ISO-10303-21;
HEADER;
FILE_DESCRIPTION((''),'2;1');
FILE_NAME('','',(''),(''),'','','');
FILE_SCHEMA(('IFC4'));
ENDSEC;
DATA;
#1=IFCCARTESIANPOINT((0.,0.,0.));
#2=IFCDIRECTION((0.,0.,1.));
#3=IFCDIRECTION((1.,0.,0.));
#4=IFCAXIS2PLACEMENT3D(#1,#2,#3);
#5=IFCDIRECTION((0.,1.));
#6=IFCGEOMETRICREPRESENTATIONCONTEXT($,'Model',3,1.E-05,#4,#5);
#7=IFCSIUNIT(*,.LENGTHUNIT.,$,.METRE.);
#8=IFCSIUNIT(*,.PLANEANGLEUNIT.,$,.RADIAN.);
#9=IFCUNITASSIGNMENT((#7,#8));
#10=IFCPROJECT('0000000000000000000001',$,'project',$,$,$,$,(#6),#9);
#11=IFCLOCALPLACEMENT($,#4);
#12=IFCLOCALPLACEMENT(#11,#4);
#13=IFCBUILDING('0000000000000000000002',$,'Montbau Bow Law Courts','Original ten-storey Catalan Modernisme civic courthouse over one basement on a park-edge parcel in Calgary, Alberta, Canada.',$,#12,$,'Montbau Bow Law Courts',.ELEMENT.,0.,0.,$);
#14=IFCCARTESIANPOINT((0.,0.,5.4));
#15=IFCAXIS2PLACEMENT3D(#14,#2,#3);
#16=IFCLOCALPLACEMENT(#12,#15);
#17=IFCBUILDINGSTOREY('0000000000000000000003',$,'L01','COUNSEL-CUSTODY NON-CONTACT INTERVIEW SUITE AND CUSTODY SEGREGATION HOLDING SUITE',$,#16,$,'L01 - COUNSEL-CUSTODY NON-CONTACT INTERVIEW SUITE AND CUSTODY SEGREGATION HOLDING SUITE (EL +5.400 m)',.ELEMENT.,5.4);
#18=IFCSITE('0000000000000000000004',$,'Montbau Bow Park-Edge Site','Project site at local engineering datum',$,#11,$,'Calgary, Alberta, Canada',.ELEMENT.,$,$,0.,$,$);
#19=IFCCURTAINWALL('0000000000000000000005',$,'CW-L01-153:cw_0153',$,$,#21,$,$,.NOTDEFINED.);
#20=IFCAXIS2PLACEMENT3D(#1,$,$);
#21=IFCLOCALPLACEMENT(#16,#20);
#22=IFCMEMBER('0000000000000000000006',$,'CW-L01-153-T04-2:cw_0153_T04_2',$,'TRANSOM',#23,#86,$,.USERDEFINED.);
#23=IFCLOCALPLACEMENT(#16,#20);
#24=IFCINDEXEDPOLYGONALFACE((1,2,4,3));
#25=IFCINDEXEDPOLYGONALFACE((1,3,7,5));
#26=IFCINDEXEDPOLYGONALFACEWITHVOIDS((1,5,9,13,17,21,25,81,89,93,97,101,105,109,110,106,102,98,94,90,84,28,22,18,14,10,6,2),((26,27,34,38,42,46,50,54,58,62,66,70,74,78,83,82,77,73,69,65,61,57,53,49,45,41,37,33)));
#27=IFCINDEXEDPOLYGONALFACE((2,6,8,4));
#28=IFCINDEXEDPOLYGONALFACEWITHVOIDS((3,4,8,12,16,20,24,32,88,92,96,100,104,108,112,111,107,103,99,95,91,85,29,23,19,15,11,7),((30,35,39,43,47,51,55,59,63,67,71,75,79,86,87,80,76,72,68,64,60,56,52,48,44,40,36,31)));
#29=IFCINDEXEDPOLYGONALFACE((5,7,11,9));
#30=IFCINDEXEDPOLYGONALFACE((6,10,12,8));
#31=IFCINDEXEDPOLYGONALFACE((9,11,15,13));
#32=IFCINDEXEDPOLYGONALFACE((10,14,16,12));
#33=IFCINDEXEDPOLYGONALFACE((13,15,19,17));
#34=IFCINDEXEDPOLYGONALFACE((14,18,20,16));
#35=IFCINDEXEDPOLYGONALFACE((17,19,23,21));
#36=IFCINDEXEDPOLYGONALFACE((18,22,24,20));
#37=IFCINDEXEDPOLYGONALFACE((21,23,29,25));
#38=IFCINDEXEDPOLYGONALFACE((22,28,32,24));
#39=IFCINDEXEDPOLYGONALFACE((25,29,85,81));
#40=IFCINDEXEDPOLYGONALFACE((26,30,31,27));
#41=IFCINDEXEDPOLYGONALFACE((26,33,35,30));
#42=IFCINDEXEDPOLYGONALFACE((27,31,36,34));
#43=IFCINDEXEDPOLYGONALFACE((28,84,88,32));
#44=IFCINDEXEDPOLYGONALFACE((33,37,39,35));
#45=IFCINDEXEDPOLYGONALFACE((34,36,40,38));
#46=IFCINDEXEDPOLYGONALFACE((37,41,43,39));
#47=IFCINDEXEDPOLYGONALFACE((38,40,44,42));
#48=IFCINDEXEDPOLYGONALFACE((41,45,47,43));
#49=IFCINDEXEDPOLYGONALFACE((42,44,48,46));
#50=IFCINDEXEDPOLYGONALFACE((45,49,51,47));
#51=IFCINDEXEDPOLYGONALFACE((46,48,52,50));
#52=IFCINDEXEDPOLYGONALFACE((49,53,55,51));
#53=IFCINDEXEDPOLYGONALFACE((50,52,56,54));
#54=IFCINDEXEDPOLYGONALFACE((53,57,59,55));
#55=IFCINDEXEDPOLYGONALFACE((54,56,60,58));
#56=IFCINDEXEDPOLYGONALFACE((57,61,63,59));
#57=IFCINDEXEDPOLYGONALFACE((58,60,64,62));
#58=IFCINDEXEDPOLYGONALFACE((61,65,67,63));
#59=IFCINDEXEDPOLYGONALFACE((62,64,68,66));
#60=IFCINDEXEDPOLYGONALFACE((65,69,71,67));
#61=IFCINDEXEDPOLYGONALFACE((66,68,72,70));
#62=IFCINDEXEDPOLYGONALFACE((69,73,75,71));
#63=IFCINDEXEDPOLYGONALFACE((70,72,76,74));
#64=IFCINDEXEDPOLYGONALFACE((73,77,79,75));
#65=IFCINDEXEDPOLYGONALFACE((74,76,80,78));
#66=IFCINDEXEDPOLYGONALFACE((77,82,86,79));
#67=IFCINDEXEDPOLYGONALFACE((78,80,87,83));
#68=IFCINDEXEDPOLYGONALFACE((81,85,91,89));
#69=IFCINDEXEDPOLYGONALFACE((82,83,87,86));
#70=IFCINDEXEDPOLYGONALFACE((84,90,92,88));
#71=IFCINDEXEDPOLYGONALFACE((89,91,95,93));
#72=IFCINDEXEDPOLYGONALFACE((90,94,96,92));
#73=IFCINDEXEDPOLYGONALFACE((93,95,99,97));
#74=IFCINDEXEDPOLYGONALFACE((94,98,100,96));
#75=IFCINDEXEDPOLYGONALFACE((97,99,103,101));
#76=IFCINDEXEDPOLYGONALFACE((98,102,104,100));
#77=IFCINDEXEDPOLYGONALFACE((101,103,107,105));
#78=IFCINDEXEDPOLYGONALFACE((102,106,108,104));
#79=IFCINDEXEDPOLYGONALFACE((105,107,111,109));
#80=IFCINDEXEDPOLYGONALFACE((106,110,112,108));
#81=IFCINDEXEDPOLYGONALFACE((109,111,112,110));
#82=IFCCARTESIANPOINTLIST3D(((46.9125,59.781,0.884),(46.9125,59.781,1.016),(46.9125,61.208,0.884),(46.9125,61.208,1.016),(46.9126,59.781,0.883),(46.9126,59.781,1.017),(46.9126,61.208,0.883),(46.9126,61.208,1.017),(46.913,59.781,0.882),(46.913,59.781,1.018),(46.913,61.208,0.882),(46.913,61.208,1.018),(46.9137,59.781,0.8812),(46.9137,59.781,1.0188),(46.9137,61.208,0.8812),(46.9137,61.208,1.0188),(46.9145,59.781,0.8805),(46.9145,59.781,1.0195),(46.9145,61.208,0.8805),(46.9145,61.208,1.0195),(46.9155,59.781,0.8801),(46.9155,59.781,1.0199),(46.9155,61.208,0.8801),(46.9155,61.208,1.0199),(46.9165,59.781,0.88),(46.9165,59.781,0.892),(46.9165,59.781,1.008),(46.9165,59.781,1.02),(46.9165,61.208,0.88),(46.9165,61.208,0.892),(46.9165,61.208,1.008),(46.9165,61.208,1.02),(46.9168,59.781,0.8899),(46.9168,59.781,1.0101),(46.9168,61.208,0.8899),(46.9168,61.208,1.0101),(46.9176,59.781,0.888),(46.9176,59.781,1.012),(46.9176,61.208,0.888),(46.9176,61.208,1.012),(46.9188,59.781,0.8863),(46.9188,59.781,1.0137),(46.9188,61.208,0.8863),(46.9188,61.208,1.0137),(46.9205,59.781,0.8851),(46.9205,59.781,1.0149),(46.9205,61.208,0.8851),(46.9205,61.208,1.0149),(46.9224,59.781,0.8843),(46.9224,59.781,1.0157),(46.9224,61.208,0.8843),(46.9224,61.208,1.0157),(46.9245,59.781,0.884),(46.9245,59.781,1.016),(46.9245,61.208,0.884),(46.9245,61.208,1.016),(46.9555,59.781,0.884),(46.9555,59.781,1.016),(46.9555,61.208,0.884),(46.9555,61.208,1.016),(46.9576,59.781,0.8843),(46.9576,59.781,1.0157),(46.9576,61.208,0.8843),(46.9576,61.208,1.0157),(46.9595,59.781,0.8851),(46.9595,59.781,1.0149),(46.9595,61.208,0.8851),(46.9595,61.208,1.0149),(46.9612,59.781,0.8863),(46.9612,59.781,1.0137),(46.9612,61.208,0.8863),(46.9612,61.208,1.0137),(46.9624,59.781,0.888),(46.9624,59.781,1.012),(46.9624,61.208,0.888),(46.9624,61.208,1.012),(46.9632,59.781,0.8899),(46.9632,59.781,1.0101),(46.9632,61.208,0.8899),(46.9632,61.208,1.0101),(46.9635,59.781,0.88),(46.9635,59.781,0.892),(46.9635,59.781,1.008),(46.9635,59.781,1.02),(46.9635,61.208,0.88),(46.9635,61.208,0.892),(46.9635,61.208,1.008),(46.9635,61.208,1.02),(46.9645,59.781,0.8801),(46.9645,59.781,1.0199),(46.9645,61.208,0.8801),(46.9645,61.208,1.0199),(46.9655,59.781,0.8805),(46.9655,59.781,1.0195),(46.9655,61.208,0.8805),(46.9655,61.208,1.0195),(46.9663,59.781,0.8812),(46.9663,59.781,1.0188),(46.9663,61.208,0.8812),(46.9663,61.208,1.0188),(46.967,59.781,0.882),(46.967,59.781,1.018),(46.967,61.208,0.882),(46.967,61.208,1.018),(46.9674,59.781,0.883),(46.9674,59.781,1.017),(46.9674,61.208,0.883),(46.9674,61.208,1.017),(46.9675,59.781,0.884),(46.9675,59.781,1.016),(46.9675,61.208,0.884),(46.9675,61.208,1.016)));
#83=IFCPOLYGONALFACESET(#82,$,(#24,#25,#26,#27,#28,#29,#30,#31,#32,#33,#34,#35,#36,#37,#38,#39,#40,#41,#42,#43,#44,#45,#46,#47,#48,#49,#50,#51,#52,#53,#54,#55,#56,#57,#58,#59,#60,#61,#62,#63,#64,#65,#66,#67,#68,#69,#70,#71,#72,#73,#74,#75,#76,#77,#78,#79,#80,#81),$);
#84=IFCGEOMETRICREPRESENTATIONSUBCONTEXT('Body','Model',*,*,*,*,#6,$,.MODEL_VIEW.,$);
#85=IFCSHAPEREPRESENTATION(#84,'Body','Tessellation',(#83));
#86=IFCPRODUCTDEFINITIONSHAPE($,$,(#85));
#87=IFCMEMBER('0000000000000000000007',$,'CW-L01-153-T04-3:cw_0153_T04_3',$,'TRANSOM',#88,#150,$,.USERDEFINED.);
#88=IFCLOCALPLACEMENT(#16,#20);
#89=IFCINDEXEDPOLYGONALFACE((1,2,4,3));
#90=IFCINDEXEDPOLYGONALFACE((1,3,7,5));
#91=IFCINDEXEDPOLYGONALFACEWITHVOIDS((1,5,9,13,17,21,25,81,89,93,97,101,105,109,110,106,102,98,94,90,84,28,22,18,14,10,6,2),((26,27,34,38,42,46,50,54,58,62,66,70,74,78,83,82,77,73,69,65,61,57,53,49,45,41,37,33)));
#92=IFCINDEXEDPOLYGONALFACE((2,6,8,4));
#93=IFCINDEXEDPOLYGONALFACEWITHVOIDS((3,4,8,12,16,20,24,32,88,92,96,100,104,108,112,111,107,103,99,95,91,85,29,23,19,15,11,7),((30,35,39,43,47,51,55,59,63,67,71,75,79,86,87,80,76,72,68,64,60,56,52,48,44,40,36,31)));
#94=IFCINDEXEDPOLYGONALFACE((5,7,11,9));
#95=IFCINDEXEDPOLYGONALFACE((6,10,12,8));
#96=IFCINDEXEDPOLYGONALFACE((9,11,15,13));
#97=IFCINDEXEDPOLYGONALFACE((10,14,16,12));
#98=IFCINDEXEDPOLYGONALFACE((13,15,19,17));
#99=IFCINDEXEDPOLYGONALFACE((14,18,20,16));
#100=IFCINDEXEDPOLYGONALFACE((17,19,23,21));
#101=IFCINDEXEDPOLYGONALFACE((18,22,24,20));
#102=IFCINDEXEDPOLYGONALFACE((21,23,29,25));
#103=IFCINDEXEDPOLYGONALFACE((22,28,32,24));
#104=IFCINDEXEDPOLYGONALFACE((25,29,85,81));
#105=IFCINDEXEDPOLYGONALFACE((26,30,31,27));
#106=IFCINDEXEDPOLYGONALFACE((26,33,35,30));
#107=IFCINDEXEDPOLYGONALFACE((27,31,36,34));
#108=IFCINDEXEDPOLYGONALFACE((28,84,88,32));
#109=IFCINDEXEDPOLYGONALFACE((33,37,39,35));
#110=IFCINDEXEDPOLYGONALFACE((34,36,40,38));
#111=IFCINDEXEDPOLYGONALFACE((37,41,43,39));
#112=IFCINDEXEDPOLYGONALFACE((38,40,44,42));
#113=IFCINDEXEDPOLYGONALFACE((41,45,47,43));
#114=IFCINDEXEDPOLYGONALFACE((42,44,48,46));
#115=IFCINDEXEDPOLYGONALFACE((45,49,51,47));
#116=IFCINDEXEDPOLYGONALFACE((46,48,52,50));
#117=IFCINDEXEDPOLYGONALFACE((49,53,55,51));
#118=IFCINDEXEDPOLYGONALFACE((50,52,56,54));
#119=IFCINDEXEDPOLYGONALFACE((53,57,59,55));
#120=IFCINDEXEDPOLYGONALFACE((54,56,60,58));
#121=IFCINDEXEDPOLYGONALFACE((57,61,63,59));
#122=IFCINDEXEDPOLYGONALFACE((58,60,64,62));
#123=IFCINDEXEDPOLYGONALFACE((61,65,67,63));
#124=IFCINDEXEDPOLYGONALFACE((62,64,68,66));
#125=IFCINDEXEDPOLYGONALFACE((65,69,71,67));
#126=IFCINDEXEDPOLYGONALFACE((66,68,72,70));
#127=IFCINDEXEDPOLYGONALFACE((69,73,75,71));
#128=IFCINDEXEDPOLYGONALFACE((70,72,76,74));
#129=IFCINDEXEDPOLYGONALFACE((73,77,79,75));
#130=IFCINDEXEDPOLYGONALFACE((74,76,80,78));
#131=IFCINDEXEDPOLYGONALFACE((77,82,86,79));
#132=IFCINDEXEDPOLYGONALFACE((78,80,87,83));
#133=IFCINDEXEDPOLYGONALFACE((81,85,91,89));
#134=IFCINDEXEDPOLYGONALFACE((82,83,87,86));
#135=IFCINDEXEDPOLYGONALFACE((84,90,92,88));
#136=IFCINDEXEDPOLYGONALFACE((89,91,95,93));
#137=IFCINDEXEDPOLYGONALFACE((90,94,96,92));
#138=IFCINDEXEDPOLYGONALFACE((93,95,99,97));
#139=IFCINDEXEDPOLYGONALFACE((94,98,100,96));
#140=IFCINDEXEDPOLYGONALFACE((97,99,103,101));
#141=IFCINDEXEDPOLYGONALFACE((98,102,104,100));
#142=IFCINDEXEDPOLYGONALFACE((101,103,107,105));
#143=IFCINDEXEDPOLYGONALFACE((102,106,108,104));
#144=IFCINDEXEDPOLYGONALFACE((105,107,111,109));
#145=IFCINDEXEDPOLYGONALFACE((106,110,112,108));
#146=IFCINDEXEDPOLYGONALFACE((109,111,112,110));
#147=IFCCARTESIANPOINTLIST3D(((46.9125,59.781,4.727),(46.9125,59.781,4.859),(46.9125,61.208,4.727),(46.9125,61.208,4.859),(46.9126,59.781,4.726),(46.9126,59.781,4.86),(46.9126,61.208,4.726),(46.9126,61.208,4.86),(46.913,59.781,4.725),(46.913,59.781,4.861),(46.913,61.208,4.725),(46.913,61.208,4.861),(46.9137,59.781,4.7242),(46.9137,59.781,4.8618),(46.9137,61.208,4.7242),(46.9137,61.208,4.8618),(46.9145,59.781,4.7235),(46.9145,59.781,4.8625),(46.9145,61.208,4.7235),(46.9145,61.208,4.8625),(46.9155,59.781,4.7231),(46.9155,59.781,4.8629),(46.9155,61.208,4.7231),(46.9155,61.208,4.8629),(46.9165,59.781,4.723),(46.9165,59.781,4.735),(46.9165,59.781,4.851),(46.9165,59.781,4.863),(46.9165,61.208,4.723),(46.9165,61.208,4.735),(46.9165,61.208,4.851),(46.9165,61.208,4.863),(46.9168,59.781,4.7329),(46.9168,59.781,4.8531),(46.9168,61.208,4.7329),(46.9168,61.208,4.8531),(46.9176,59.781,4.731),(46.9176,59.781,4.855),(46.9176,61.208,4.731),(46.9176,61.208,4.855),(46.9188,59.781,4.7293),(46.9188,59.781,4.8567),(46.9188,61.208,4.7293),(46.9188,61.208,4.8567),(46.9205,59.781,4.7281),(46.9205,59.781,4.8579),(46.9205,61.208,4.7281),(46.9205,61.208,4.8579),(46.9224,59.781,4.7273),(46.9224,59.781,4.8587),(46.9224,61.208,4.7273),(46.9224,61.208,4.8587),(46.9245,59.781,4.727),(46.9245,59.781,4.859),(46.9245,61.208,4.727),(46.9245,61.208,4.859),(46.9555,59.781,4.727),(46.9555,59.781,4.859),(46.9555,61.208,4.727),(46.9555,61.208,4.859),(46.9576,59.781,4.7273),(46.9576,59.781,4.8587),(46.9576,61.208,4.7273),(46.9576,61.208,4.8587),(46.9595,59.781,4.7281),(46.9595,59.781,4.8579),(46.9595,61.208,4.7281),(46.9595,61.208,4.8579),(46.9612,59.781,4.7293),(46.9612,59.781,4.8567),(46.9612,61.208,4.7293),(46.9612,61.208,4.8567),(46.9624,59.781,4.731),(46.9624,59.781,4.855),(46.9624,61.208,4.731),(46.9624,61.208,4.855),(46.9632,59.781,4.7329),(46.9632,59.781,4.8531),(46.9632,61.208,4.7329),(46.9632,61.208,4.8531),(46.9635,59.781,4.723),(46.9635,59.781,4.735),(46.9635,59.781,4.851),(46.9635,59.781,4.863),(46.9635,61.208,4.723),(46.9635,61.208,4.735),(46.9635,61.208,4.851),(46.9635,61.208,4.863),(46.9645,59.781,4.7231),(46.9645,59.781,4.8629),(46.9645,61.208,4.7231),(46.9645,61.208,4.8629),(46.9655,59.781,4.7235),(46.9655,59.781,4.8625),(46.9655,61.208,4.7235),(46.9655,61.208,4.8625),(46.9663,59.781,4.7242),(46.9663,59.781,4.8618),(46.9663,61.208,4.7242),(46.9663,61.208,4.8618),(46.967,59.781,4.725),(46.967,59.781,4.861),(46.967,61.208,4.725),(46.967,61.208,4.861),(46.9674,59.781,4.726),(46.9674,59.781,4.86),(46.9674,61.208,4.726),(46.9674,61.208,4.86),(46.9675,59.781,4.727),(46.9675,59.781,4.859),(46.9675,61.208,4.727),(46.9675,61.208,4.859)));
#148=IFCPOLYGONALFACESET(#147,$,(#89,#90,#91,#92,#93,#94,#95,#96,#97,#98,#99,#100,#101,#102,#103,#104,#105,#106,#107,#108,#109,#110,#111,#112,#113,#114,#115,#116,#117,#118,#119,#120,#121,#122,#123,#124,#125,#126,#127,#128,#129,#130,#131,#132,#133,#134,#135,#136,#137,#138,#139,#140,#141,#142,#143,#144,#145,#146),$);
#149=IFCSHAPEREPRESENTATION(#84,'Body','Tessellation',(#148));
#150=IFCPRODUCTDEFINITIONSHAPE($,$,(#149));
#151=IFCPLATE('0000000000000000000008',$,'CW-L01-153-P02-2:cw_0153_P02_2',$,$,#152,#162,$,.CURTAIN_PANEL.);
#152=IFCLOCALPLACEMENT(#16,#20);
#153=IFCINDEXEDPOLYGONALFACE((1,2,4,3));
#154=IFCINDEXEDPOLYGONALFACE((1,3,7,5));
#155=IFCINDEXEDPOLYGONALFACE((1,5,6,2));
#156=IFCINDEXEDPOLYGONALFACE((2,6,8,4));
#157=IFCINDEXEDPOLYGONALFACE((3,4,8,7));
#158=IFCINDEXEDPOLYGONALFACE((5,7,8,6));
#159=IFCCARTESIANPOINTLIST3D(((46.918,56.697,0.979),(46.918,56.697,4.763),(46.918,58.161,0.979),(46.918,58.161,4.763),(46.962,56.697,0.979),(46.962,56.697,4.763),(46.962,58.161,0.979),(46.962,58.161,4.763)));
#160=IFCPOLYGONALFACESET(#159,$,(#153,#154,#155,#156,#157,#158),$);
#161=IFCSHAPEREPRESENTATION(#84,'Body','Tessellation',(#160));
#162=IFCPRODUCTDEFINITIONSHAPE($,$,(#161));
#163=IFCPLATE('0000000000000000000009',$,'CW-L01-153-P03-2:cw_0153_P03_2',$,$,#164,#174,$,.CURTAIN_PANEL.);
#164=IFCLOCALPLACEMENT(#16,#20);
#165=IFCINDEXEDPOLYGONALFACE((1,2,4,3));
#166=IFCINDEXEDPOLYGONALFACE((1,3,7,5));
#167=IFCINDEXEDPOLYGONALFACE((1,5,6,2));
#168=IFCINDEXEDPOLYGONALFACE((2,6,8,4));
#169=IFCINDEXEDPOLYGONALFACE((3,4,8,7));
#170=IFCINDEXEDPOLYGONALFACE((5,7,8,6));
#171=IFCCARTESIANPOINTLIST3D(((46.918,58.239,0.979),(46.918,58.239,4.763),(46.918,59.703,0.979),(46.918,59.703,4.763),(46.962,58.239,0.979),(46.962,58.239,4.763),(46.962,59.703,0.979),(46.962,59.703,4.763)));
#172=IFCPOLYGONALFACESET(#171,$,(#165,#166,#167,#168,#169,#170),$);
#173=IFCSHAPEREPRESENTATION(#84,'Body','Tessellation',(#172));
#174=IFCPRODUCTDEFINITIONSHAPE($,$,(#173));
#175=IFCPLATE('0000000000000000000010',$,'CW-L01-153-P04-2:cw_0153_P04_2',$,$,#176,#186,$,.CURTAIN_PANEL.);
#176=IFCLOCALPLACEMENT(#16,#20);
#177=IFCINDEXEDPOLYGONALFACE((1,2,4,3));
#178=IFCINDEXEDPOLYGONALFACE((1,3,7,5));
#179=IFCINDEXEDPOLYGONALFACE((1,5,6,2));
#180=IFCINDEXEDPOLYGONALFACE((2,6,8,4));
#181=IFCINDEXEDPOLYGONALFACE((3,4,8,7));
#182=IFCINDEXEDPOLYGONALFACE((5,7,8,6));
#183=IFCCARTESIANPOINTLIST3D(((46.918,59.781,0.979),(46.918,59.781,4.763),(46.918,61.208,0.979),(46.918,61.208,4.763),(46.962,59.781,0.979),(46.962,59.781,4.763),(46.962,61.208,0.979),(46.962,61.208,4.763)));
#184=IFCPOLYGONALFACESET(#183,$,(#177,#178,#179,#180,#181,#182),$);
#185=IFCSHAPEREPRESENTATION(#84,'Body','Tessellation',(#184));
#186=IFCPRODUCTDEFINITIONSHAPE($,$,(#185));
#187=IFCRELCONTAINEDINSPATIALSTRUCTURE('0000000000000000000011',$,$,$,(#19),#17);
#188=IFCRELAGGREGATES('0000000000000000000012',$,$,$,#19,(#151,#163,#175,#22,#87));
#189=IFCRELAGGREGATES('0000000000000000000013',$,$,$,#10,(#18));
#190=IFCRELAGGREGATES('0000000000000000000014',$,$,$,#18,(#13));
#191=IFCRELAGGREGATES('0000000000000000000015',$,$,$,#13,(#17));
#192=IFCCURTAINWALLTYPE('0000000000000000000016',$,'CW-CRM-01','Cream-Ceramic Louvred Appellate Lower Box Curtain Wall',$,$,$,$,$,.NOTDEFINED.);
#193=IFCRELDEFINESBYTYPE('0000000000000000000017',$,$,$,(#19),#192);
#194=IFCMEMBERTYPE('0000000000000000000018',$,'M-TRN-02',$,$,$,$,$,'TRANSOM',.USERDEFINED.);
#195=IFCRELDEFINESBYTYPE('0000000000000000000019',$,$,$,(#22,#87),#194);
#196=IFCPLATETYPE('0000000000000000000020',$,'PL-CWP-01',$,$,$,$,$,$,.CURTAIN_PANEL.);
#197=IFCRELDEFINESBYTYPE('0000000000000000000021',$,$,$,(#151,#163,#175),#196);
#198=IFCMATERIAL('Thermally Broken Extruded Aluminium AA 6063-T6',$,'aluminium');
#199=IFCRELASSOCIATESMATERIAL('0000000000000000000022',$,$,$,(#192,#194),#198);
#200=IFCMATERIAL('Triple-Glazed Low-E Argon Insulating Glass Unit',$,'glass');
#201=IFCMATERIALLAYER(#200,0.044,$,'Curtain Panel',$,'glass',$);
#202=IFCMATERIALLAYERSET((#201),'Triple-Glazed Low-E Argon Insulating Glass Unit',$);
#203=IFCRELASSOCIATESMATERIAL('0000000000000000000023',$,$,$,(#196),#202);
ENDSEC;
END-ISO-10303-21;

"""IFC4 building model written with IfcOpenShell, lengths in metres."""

from ifc_helpers import new_model, si_unit, direction, frame, frame_2d, origin_with_axes, origin_2d_with_axis, place, context, subcontext, project, spatial, rectangle, hollow_rectangle, extrude, material, layer, layer_set, material_profile, profile_set, type_object, element, aggregate, save


model = new_model("IFC4")

# Units and contexts
model_context = context("Model", 3, precision=1e-05, world=origin_with_axes(), true_north=direction((0.0, 1.0)))
body_context = subcontext(model_context, "Body", "Model", "MODEL_VIEW")
ifc_project = project(units=[si_unit("LENGTHUNIT", "METRE"), si_unit("PLANEANGLEUNIT", "RADIAN")], contexts=[model_context])

# Site, building, storey
site_placement = place(None, origin_with_axes())
site = spatial("IfcSite", under=ifc_project, at=site_placement, Name="Montbau Bow Park-Edge Site", Description="Project site at local engineering datum", LongName="Calgary, Alberta, Canada", CompositionType="ELEMENT", RefElevation=0.0)
building_placement = place(site_placement, origin_with_axes())
building = spatial("IfcBuilding", under=site, at=building_placement, Name="Montbau Bow Law Courts", Description="Original ten-storey Catalan Modernisme civic courthouse over one basement on a park-edge parcel in Calgary, Alberta, Canada.", LongName="Montbau Bow Law Courts", CompositionType="ELEMENT", ElevationOfRefHeight=0.0, ElevationOfTerrain=0.0)
storey_placement = place(building_placement, frame((0.0, 0.0, 5.4), z_axis=(0.0, 0.0, 1.0), x_axis=(1.0, 0.0, 0.0)))
storey = spatial("IfcBuildingStorey", under=building, at=storey_placement, Name="L01", Description="COUNSEL-CUSTODY NON-CONTACT INTERVIEW SUITE AND CUSTODY SEGREGATION HOLDING SUITE", LongName="L01 - COUNSEL-CUSTODY NON-CONTACT INTERVIEW SUITE AND CUSTODY SEGREGATION HOLDING SUITE (EL +5.400 m)", CompositionType="ELEMENT", Elevation=5.4)

# Curtain wall, members, plates
ifc_material_1 = material(Name="Thermally Broken Extruded Aluminium AA 6063-T6", Category="aluminium")
curtain_wall_type = type_object("IfcCurtainWallType", Name="CW-CRM-01", Description="Cream-Ceramic Louvred Appellate Lower Box Curtain Wall", PredefinedType="NOTDEFINED", material=ifc_material_1)
curtain_wall_placement = place(None, frame((46.94, 55.115, 5.4), z_axis=(0.0, 0.0, 1.0), x_axis=(1.0, 0.0, 0.0)))
curtain_wall = element("IfcCurtainWall", 1, at=curtain_wall_placement, inside=storey, type_object=curtain_wall_type, Name="CW-L01-153:cw_0153", PredefinedType="NOTDEFINED")
ifc_material_profile_1 = material_profile(ifc_material_1, hollow_rectangle(XDim=0.055, YDim=0.14, WallThickness=0.004, InnerFilletRadius=0.008, OuterFilletRadius=0.004, at=origin_2d_with_axis()), Name="CWT-140X55", Category="Main", Priority=0)
ifc_profile_set_1 = profile_set([ifc_material_profile_1], Name="Thermally Broken Extruded Aluminium AA 6063-T6")
member_type_1 = type_object("IfcMemberType", Name="M-TRN-02", ElementType="TRANSOM", PredefinedType="USERDEFINED", material=ifc_profile_set_1)
member_1_placement = place(None, frame((46.94, 59.781, 6.35), z_axis=(0.0, 1.0, 0.0), x_axis=(-1.0, 0.0, 0.0)))
member_1 = element("IfcMember", 2, at=member_1_placement, type_object=member_type_1, Name="CW-L01-153-T04-2:cw_0153_T04_2", ObjectType="TRANSOM", PredefinedType="USERDEFINED", context=body_context, shape_type="SweptSolid", body=[
    extrude(hollow_rectangle(XDim=0.055, YDim=0.14, WallThickness=0.004, InnerFilletRadius=0.008, OuterFilletRadius=0.004, at=origin_2d_with_axis()), origin_with_axes(), (0.0, 0.0, 1.0), 1.427),
])
member_2_placement = place(None, frame((46.94, 59.781, 10.193), z_axis=(0.0, 1.0, 0.0), x_axis=(-1.0, 0.0, 0.0)))
member_2 = element("IfcMember", 3, at=member_2_placement, type_object=member_type_1, Name="CW-L01-153-T04-3:cw_0153_T04_3", ObjectType="TRANSOM", PredefinedType="USERDEFINED", context=body_context, shape_type="SweptSolid", body=[
    extrude(hollow_rectangle(XDim=0.055, YDim=0.14, WallThickness=0.004, InnerFilletRadius=0.008, OuterFilletRadius=0.004, at=origin_2d_with_axis()), origin_with_axes(), (0.0, 0.0, 1.0), 1.427),
])
ifc_material_2 = material(Name="Triple-Glazed Low-E Argon Insulating Glass Unit", Category="glass")
ifc_layer_1 = layer(ifc_material_2, 0.044, Name="Curtain Panel", Category="glass")
ifc_layer_set_1 = layer_set([ifc_layer_1], Name="Triple-Glazed Low-E Argon Insulating Glass Unit")
plate_type_1 = type_object("IfcPlateType", Name="PL-CWP-01", PredefinedType="CURTAIN_PANEL", material=ifc_layer_set_1)
plate_1_placement = place(None, frame((46.94, 56.697, 6.379), z_axis=(1.0, 0.0, 0.0), x_axis=(0.0, 1.0, 0.0)))
plate_1 = element("IfcPlate", 4, at=plate_1_placement, type_object=plate_type_1, Name="CW-L01-153-P02-2:cw_0153_P02_2", PredefinedType="CURTAIN_PANEL", context=body_context, shape_type="SweptSolid", body=[
    extrude(rectangle(XDim=1.464, YDim=3.784, at=frame_2d((0.732, 1.892), x_axis=(1.0, 0.0))), frame((0.0, 0.0, -0.022), z_axis=(0.0, 0.0, 1.0), x_axis=(1.0, 0.0, 0.0)), (0.0, 0.0, 1.0), 0.044),
])
plate_2_placement = place(None, frame((46.94, 58.239, 6.379), z_axis=(1.0, 0.0, 0.0), x_axis=(0.0, 1.0, 0.0)))
plate_2 = element("IfcPlate", 5, at=plate_2_placement, type_object=plate_type_1, Name="CW-L01-153-P03-2:cw_0153_P03_2", PredefinedType="CURTAIN_PANEL", context=body_context, shape_type="SweptSolid", body=[
    extrude(rectangle(XDim=1.464, YDim=3.784, at=frame_2d((0.732, 1.892), x_axis=(1.0, 0.0))), frame((0.0, 0.0, -0.022), z_axis=(0.0, 0.0, 1.0), x_axis=(1.0, 0.0, 0.0)), (0.0, 0.0, 1.0), 0.044),
])
plate_3_placement = place(None, frame((46.94, 59.781, 6.379), z_axis=(1.0, 0.0, 0.0), x_axis=(0.0, 1.0, 0.0)))
plate_3 = element("IfcPlate", 6, at=plate_3_placement, type_object=plate_type_1, Name="CW-L01-153-P04-2:cw_0153_P04_2", PredefinedType="CURTAIN_PANEL", context=body_context, shape_type="SweptSolid", body=[
    extrude(rectangle(XDim=1.427, YDim=3.784, at=frame_2d((0.7135, 1.892), x_axis=(1.0, 0.0))), frame((0.0, 0.0, -0.022), z_axis=(0.0, 0.0, 1.0), x_axis=(1.0, 0.0, 0.0)), (0.0, 0.0, 1.0), 0.044),
])
aggregate(curtain_wall, [plate_1, plate_2, plate_3, member_1, member_2])

save(model, "model.ifc")
